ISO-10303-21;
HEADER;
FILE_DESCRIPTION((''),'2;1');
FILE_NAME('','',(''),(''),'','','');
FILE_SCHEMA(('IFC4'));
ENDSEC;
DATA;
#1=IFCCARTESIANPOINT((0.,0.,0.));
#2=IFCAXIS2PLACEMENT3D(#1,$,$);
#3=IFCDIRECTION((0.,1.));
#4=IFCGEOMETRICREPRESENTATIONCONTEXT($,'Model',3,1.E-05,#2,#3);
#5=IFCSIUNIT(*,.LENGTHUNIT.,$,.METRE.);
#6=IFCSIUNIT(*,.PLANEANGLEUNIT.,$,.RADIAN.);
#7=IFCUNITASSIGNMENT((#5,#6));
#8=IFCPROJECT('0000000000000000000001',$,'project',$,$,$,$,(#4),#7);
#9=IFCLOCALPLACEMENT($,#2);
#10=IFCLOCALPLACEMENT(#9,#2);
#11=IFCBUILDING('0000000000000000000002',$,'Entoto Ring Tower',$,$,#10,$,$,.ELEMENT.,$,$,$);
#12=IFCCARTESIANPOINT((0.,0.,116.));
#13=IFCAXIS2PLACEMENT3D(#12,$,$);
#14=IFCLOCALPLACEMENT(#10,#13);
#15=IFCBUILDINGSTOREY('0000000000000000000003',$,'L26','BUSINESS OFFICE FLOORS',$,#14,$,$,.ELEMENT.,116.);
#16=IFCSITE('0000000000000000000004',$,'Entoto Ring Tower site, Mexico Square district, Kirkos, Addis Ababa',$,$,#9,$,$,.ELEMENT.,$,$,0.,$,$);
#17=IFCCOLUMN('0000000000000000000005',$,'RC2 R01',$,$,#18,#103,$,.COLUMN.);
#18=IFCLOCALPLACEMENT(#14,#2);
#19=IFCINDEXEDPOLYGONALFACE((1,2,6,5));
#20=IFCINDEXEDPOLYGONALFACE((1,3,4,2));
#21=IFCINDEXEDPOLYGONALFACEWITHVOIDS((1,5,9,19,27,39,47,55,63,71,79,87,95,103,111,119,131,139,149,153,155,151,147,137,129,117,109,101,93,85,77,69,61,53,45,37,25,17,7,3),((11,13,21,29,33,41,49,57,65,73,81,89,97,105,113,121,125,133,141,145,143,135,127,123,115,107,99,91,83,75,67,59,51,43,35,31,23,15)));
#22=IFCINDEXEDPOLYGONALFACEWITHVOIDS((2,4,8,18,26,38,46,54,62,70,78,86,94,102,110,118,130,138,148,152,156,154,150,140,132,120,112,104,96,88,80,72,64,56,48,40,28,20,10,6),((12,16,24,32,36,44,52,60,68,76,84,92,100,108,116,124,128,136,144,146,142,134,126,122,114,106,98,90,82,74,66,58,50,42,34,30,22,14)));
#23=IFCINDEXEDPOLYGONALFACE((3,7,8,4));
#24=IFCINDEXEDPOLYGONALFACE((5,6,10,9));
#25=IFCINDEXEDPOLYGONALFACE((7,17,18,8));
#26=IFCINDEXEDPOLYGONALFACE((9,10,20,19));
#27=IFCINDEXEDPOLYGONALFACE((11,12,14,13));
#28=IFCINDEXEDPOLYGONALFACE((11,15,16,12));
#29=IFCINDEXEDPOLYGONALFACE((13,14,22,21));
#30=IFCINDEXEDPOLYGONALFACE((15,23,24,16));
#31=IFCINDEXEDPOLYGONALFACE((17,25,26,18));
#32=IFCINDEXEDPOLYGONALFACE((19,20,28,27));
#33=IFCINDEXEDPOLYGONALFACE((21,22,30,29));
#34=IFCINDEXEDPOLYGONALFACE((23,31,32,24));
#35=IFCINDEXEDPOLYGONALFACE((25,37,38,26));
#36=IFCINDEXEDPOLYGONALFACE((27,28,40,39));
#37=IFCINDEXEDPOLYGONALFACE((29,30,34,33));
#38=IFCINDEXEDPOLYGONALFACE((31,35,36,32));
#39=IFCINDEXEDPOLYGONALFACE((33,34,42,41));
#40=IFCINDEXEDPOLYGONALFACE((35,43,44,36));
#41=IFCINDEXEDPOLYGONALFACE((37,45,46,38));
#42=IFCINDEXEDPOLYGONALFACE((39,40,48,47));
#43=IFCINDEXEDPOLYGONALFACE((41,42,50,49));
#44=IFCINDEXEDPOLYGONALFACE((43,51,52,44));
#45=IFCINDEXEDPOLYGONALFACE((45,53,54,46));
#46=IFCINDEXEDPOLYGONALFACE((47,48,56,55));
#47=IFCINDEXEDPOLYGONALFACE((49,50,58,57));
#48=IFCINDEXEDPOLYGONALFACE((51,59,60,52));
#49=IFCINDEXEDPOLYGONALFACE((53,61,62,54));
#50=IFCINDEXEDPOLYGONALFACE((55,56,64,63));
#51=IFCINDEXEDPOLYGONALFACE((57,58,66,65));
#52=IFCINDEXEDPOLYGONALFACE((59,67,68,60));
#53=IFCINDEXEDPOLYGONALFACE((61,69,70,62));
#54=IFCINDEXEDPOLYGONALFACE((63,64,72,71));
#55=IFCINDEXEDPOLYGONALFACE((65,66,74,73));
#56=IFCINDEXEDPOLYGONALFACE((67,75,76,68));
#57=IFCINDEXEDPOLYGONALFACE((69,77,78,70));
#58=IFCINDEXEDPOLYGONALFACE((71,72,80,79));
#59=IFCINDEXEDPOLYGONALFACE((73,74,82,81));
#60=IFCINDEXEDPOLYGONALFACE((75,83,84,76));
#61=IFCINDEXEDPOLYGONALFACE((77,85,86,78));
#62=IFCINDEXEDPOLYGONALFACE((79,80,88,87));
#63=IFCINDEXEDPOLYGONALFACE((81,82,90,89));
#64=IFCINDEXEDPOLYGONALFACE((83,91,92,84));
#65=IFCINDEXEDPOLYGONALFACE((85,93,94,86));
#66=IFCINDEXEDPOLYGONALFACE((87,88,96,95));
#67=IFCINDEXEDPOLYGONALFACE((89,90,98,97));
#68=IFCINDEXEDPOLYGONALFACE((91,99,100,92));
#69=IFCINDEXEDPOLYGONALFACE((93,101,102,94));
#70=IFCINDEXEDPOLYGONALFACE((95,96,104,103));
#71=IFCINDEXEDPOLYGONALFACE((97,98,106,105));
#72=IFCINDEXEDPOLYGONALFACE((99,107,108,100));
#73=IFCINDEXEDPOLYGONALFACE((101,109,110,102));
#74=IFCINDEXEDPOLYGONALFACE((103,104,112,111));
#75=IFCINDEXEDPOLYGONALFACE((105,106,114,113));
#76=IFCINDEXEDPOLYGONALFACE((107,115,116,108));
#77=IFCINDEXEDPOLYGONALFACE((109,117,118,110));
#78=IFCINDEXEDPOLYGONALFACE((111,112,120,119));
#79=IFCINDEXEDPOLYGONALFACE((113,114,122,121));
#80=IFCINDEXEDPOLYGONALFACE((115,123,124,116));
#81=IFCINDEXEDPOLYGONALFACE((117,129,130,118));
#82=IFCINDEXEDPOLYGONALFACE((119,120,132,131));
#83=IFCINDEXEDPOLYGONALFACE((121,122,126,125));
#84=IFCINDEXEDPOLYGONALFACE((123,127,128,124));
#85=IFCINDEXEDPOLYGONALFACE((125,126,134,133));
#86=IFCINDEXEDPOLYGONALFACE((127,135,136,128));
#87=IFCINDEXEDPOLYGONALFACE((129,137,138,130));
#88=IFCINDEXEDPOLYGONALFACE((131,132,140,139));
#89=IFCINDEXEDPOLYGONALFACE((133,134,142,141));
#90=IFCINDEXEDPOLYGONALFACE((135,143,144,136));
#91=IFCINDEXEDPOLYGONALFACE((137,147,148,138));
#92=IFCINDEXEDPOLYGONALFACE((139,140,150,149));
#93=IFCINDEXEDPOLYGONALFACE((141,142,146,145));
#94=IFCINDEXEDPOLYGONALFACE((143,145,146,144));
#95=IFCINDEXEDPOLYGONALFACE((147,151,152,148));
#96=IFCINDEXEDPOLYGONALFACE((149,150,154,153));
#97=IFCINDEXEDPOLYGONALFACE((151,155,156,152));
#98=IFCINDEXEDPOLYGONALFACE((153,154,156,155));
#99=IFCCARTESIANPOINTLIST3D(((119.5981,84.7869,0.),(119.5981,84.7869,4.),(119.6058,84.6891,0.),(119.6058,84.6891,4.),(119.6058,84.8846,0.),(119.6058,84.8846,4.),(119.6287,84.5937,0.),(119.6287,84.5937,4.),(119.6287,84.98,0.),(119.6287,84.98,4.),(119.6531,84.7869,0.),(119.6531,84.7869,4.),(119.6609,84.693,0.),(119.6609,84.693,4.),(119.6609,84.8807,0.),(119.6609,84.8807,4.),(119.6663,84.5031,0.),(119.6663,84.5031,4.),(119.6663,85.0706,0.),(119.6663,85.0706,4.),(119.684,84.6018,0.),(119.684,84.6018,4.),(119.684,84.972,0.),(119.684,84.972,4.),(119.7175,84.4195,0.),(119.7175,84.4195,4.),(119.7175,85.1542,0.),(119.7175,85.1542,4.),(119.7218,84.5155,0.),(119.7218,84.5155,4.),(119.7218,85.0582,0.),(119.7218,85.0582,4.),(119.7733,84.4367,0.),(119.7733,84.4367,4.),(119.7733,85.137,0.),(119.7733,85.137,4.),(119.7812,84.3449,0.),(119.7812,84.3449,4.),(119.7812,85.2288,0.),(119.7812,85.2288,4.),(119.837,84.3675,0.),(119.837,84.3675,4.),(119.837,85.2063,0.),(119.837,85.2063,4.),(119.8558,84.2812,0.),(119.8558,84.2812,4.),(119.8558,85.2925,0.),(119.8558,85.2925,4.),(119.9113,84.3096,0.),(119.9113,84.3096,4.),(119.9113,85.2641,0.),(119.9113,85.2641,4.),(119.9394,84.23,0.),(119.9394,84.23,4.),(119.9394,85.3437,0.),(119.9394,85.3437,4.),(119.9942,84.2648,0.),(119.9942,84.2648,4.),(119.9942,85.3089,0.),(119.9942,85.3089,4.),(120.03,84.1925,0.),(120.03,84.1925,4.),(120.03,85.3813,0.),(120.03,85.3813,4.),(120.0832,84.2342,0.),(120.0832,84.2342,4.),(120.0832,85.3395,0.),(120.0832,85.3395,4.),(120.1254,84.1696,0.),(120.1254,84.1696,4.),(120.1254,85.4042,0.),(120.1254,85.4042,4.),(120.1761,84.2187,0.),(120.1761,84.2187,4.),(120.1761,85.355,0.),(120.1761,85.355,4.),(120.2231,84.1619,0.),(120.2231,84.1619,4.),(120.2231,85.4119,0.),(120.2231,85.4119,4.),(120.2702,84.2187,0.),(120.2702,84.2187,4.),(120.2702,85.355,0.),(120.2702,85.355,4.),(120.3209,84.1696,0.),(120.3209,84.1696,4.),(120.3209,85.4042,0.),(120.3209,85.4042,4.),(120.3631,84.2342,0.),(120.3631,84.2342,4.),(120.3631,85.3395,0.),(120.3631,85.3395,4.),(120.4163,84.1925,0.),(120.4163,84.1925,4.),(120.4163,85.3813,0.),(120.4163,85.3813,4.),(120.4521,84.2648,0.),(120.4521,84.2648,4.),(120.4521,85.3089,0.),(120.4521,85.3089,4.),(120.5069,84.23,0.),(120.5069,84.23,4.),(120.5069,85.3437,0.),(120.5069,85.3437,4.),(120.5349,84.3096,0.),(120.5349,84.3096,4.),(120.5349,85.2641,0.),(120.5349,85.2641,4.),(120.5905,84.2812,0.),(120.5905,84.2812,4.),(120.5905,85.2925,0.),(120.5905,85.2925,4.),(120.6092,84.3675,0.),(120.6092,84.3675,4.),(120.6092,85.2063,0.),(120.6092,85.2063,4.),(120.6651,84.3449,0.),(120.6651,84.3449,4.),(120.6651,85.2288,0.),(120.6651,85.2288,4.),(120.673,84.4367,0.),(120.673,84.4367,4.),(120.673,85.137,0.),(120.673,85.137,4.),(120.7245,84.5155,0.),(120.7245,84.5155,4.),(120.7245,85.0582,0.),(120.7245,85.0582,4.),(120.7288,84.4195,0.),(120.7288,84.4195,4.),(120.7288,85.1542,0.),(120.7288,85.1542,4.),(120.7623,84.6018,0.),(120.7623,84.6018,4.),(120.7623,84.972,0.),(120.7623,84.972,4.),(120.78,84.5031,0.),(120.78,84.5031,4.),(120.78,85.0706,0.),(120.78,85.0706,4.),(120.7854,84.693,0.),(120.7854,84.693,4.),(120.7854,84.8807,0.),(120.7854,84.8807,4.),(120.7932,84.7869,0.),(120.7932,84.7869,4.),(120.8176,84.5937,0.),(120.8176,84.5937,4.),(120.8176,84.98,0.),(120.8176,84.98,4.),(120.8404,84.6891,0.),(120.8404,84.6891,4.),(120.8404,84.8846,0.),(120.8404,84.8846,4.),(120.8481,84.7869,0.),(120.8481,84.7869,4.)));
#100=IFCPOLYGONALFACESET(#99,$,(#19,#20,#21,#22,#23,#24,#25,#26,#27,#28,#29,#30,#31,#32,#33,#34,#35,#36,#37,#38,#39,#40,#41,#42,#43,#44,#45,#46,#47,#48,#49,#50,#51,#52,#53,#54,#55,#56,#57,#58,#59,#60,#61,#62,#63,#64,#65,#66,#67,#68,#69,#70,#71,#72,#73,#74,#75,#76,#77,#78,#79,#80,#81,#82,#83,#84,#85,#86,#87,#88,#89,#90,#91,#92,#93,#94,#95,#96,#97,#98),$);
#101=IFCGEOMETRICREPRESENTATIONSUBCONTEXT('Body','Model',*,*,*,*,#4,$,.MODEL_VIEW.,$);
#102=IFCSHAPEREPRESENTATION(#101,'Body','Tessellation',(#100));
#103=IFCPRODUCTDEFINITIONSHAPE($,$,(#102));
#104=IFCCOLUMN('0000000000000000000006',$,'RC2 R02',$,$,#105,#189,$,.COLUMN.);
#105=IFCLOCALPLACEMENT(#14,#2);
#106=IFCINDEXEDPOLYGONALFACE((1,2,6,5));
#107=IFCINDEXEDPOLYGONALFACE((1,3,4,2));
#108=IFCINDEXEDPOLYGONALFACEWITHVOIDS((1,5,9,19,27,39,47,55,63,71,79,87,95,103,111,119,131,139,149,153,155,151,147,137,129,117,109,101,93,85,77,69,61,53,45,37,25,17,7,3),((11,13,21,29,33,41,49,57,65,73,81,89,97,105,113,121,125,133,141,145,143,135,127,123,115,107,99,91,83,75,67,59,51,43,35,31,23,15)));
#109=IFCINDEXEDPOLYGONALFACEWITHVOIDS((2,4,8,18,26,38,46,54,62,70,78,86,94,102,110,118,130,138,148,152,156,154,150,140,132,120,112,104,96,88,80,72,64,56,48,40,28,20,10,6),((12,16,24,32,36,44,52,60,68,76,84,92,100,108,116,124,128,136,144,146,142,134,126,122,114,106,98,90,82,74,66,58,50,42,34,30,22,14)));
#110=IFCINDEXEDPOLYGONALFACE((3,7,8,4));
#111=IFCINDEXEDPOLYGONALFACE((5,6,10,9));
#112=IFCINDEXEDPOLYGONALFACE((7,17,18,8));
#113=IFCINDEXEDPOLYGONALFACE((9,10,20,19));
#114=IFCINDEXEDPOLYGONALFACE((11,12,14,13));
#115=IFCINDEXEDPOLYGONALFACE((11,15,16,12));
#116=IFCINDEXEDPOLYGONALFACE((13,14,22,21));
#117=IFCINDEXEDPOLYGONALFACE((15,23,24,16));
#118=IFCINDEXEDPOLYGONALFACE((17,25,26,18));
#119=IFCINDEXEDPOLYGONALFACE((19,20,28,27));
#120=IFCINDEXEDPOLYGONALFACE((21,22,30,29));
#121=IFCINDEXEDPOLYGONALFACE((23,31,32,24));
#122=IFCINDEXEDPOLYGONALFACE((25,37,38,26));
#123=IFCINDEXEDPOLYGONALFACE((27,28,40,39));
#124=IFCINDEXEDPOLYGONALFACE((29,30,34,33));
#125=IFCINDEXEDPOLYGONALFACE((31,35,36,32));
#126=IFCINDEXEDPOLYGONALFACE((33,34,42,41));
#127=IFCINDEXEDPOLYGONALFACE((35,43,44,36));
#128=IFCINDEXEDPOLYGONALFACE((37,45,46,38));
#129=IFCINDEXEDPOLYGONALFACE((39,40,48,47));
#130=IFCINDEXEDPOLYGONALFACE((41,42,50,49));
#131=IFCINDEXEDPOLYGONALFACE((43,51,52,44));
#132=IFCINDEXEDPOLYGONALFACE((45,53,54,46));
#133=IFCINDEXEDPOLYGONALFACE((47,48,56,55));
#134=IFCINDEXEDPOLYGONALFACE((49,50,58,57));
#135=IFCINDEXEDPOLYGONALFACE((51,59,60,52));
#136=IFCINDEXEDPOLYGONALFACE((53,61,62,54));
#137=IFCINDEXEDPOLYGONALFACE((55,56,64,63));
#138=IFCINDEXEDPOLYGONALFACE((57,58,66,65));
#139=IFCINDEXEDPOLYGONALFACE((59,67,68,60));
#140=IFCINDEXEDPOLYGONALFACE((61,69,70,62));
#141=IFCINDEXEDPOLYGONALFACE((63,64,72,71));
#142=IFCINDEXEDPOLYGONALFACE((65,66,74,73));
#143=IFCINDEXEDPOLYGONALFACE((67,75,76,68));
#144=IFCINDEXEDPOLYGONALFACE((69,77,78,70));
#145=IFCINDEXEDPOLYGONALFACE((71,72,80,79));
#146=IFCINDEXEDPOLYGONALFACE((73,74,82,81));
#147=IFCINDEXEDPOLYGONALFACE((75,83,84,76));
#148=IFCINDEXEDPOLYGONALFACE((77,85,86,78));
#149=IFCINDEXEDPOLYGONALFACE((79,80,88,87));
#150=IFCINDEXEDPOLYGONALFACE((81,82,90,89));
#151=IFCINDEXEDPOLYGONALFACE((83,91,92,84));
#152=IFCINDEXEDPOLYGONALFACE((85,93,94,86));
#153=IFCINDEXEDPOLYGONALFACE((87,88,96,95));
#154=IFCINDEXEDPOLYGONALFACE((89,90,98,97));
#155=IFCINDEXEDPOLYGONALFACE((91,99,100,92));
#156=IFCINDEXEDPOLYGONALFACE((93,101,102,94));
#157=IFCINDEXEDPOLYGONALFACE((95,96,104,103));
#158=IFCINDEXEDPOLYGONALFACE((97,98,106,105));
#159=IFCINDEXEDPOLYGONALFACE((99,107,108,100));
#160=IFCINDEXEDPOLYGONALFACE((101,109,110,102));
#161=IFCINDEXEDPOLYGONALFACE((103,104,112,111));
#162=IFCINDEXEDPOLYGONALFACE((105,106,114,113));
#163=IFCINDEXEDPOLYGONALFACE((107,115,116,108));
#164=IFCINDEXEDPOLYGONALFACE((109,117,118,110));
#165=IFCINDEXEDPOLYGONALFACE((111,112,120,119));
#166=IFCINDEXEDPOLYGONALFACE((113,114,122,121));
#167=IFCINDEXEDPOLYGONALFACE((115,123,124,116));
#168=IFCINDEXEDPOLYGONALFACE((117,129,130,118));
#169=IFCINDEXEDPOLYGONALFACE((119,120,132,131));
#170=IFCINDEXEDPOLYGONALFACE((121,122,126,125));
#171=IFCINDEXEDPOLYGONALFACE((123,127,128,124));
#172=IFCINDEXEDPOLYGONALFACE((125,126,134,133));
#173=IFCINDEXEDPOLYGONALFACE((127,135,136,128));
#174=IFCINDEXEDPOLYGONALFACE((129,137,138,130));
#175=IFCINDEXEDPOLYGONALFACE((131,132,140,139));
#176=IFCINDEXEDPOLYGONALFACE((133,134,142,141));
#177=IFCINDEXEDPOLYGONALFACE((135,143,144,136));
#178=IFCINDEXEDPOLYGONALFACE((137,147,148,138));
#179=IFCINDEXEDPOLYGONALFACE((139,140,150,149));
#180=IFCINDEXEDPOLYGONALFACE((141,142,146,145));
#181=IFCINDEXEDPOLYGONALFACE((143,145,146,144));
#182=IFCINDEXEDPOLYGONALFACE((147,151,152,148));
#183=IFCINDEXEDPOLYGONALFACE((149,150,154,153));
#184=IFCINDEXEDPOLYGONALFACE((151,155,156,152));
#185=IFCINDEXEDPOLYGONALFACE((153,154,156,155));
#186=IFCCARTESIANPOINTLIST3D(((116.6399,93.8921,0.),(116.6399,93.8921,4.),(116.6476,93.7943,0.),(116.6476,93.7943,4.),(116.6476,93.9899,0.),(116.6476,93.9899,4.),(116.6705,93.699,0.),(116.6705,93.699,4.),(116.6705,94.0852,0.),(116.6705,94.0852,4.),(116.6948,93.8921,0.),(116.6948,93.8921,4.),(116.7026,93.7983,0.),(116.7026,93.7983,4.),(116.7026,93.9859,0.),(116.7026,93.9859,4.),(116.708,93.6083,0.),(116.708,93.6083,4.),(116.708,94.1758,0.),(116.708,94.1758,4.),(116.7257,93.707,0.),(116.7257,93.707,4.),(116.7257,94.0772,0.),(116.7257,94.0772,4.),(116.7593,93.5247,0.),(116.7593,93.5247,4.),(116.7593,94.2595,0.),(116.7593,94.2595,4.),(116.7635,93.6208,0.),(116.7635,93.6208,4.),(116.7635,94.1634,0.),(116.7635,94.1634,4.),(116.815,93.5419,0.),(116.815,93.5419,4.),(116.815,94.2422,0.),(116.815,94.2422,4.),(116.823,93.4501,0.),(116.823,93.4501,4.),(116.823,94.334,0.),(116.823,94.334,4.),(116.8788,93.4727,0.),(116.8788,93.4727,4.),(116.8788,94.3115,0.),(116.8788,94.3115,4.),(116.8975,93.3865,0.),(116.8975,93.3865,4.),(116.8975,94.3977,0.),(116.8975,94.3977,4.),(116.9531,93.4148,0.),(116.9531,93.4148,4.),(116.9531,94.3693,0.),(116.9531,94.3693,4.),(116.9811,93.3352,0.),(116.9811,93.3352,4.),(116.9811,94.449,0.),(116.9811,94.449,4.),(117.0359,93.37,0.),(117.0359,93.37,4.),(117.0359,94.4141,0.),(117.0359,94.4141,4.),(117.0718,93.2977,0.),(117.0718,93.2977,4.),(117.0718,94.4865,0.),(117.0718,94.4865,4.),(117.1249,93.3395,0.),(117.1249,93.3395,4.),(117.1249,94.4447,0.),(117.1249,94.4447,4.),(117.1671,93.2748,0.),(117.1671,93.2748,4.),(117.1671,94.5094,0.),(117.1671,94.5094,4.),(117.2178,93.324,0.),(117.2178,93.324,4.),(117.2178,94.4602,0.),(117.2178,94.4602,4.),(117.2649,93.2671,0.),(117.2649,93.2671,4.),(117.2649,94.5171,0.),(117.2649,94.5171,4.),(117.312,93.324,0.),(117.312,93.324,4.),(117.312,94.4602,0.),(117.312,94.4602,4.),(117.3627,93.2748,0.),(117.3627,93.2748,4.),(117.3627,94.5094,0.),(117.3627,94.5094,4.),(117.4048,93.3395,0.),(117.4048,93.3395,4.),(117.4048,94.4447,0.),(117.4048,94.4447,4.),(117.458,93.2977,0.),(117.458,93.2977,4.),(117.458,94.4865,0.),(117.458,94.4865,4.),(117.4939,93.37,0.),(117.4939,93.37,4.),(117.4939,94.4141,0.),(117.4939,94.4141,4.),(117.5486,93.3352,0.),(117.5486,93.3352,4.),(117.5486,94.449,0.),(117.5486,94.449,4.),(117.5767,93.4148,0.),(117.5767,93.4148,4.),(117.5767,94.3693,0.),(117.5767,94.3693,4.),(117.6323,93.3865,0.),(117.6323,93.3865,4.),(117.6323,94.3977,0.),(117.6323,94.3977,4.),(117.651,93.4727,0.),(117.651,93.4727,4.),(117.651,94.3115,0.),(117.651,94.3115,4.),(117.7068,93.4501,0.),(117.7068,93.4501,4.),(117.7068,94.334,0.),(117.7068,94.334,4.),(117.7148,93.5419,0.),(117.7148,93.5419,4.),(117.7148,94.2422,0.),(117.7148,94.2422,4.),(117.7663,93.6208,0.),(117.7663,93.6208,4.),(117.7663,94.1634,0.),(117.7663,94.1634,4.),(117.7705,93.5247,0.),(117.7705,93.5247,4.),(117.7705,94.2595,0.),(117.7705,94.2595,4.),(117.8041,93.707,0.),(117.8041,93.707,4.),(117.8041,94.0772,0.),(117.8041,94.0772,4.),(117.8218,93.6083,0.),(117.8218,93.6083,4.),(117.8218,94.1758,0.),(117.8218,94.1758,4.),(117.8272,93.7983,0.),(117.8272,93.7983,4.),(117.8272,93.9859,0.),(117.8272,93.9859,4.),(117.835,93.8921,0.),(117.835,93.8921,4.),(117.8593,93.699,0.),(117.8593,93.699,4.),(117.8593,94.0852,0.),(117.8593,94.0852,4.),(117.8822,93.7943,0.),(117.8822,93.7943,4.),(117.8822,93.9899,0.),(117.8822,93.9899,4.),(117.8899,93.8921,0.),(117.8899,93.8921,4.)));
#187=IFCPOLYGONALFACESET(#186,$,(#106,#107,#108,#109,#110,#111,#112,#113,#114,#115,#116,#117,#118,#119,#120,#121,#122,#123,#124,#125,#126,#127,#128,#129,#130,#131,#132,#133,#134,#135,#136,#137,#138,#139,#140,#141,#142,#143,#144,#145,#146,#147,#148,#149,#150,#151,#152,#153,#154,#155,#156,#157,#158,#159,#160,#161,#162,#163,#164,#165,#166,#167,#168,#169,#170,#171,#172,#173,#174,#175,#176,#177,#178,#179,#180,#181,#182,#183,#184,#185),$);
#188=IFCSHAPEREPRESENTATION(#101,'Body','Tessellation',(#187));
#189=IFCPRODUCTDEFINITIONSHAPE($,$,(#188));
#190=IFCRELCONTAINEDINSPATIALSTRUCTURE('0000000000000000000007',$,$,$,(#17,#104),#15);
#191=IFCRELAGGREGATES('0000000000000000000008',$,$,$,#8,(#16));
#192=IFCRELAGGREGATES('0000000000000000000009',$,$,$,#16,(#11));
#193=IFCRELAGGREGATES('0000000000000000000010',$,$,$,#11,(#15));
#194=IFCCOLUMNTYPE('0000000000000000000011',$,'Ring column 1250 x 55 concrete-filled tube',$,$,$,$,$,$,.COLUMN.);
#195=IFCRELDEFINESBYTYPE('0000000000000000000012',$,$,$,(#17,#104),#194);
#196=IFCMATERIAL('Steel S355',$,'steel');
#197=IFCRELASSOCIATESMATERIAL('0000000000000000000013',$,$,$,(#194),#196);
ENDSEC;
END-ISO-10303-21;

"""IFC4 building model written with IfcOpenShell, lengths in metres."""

from ifc_helpers import new_model, si_unit, direction, frame, origin, origin_2d, place, context, subcontext, project, spatial, circle, hollow_circle, extrude, material, material_profile, profile_set, type_object, element, save


model = new_model("IFC4")

# Units and contexts
model_context = context("Model", 3, precision=1e-05, world=origin(), true_north=direction((0.0, 1.0)))
body_context = subcontext(model_context, "Body", "Model", "MODEL_VIEW")
ifc_project = project(units=[si_unit("LENGTHUNIT", "METRE"), si_unit("PLANEANGLEUNIT", "RADIAN")], contexts=[model_context])

# Site, building, storey
site_placement = place(None, origin())
site = spatial("IfcSite", under=ifc_project, at=site_placement, Name="Entoto Ring Tower site, Mexico Square district, Kirkos, Addis Ababa", CompositionType="ELEMENT", RefElevation=0.0)
building_placement = place(site_placement, origin())
building = spatial("IfcBuilding", under=site, at=building_placement, Name="Entoto Ring Tower", CompositionType="ELEMENT")
storey_placement = place(building_placement, frame((0.0, 0.0, 116.0)))
storey = spatial("IfcBuildingStorey", under=building, at=storey_placement, Name="L26", Description="BUSINESS OFFICE FLOORS", CompositionType="ELEMENT", Elevation=116.0)

# Columns
ifc_material_1 = material(Name="Steel S355", Category="steel")
ifc_material_profile_1 = material_profile(ifc_material_1, hollow_circle(Radius=0.625, WallThickness=0.0549, at=origin_2d()), Name="CHS 1250 x 55")
ifc_material_2 = material(Name="Concrete C60/75", Category="concrete")
ifc_material_profile_2 = material_profile(ifc_material_2, circle(Radius=0.5701, at=origin_2d()), Name="Concrete C60/75 infill")
ifc_profile_set_1 = profile_set([ifc_material_profile_1, ifc_material_profile_2], Name="Steel S355")
column_type = type_object("IfcColumnType", Name="Ring column 1250 x 55 concrete-filled tube", PredefinedType="COLUMN", material=ifc_profile_set_1)
for number, where, z_axis, x_axis, name in (
    (1, (120.2231, 84.7869, 0.0), (0.0, 0.0, 1.0), (1.0, 0.0, 0.0), "RC2 R01"),
    (2, (117.2649, 93.8921, 0.0), (0.0, 0.0, 1.0), (1.0, 0.0, 0.0), "RC2 R02"),
):
    element("IfcColumn", number, at=place(storey_placement, frame(where, z_axis=z_axis, x_axis=x_axis)), inside=storey, type_object=column_type, Name=name, PredefinedType="COLUMN", context=body_context, shape_type="SweptSolid", body=[
        extrude(hollow_circle(Radius=0.625, WallThickness=0.0549, at=origin_2d()), origin(), (0.0, 0.0, 1.0), 4.0),
    ])

save(model, "model.ifc")
